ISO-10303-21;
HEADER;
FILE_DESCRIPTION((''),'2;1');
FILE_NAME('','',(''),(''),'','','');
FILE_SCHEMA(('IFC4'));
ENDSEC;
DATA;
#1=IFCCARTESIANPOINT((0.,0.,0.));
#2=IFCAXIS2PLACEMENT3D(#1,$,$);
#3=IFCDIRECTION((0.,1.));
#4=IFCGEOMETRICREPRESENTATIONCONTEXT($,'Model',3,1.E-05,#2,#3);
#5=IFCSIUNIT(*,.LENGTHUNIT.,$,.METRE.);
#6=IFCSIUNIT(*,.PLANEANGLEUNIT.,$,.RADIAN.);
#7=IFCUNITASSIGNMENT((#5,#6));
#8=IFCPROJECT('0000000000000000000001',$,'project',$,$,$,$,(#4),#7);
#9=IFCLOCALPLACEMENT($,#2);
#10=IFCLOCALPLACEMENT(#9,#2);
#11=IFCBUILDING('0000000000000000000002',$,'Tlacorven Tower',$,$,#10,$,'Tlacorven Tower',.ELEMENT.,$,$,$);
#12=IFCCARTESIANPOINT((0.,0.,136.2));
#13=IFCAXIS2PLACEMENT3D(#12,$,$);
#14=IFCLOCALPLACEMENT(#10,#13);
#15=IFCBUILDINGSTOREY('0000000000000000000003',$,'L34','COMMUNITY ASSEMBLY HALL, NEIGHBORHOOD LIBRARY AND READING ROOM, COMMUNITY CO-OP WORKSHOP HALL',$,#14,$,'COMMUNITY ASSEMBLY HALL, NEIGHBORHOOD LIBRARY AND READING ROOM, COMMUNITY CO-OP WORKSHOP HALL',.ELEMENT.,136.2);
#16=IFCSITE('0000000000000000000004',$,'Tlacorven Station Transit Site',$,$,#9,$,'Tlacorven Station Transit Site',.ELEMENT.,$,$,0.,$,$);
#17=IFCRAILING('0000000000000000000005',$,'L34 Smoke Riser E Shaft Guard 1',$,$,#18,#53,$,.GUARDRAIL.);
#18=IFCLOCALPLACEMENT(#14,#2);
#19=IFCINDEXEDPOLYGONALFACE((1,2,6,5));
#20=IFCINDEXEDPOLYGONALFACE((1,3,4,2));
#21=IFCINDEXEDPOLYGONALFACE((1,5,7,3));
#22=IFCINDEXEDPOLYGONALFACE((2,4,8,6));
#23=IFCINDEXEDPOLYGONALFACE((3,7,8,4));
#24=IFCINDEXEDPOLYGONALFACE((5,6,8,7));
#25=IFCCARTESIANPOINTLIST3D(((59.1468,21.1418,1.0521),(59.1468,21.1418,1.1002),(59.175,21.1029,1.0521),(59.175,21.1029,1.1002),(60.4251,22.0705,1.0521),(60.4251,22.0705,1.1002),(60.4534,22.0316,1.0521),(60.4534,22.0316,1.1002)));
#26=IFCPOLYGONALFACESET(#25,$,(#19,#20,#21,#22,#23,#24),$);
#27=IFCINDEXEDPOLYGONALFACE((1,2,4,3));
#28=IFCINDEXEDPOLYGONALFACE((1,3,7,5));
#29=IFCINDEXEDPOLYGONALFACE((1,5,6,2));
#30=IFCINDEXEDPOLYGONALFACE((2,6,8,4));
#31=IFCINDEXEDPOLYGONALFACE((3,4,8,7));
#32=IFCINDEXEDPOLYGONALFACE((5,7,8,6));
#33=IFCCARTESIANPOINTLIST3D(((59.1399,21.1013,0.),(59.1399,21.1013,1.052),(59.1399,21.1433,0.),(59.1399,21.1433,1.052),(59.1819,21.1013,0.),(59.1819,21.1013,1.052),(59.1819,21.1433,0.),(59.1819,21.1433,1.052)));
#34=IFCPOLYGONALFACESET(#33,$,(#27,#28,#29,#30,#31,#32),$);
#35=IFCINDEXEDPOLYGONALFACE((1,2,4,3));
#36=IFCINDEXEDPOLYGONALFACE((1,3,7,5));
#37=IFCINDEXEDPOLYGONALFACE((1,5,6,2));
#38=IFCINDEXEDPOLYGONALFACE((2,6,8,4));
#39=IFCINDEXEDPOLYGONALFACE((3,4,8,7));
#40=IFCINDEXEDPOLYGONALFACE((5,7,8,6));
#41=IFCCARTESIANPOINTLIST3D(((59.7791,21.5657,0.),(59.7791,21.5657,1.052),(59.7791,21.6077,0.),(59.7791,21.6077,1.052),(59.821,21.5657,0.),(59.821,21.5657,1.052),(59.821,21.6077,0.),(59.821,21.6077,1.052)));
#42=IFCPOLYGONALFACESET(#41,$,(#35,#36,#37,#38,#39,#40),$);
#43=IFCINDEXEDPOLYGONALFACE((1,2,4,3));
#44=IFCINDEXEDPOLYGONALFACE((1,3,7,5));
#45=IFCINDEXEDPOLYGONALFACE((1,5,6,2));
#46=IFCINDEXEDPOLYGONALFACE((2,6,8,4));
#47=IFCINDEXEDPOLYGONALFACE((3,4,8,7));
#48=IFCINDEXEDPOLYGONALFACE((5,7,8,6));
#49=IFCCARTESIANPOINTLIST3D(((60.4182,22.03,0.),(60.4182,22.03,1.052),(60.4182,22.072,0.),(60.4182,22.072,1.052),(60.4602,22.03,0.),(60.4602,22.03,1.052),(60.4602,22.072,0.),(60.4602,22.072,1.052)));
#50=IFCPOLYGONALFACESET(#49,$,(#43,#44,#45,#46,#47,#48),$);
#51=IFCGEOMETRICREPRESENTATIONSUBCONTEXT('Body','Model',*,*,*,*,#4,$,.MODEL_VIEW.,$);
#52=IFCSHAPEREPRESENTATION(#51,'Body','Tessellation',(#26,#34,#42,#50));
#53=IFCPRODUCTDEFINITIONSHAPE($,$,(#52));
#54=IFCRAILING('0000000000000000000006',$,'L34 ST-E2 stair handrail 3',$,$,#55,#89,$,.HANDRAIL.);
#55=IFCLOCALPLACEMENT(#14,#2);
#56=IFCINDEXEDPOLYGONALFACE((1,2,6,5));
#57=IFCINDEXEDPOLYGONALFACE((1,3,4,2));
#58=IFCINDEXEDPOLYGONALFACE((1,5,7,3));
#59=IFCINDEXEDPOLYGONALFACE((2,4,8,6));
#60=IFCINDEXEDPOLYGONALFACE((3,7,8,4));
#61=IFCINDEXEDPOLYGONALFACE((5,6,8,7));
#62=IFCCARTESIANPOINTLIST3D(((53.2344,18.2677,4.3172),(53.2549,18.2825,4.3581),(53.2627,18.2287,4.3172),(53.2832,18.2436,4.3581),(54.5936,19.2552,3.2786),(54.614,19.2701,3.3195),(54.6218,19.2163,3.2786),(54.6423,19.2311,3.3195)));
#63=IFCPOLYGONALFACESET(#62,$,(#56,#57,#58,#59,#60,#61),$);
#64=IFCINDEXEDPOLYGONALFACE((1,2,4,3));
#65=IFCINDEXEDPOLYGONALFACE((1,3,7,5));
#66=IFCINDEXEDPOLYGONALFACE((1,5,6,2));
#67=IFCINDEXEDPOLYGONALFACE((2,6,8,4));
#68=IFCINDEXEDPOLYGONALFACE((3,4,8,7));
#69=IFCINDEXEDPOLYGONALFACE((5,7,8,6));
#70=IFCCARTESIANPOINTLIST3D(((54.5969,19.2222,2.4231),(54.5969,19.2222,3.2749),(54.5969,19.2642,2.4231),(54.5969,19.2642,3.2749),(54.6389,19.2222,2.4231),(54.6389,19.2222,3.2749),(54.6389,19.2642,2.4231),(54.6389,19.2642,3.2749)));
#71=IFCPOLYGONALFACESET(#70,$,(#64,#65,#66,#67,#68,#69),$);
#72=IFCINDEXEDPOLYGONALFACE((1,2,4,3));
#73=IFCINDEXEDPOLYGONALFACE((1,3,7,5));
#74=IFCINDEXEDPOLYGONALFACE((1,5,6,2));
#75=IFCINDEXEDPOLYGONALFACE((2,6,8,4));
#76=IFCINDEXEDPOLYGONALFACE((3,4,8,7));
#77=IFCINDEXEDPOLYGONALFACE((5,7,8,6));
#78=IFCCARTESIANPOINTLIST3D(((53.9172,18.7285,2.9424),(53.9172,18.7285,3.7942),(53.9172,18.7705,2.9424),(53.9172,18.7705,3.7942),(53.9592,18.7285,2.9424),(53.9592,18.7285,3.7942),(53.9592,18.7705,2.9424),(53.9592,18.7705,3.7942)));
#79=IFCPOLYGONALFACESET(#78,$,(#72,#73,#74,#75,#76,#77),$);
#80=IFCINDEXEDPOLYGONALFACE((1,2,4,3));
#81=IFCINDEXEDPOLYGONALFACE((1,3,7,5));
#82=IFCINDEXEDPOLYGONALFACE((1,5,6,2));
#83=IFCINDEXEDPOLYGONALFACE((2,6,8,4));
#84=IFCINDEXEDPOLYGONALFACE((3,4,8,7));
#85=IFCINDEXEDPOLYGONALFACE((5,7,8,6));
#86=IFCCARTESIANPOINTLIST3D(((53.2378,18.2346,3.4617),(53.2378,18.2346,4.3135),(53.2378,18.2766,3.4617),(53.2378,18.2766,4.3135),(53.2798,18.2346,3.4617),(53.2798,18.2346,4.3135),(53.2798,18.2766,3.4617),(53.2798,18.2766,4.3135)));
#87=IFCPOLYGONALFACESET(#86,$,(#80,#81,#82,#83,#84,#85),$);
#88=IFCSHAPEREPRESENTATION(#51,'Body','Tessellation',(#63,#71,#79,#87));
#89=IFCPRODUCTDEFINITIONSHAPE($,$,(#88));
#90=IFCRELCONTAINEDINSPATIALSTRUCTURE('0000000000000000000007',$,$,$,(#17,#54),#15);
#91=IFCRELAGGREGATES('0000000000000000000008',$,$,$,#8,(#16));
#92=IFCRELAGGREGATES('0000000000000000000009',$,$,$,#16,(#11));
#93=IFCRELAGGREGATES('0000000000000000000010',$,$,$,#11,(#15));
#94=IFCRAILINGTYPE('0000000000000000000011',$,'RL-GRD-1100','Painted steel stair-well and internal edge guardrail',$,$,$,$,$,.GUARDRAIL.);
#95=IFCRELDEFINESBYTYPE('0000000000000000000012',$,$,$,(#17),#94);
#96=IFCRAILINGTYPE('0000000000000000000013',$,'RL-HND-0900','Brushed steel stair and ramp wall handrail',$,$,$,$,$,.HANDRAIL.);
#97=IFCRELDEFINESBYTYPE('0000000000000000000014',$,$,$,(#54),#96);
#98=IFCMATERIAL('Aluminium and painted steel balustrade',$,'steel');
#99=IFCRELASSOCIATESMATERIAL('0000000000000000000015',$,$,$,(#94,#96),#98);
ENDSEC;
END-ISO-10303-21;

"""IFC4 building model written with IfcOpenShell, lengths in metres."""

from ifc_helpers import new_model, si_unit, direction, frame, origin, origin_2d, place, context, subcontext, project, spatial, rectangle, extrude, source, transform, mapped, material, type_object, element, save


model = new_model("IFC4")

# Units and contexts
model_context = context("Model", 3, precision=1e-05, world=origin(), true_north=direction((0.0, 1.0)))
body_context = subcontext(model_context, "Body", "Model", "MODEL_VIEW")
ifc_project = project(units=[si_unit("LENGTHUNIT", "METRE"), si_unit("PLANEANGLEUNIT", "RADIAN")], contexts=[model_context])

# Site, building, storey
site_placement = place(None, origin())
site = spatial("IfcSite", under=ifc_project, at=site_placement, Name="Tlacorven Station Transit Site", LongName="Tlacorven Station Transit Site", CompositionType="ELEMENT", RefElevation=0.0)
building_placement = place(site_placement, origin())
building = spatial("IfcBuilding", under=site, at=building_placement, Name="Tlacorven Tower", LongName="Tlacorven Tower", CompositionType="ELEMENT")
storey_placement = place(building_placement, frame((0.0, 0.0, 136.2)))
storey = spatial("IfcBuildingStorey", under=building, at=storey_placement, Name="L34", Description="COMMUNITY ASSEMBLY HALL, NEIGHBORHOOD LIBRARY AND READING ROOM, COMMUNITY CO-OP WORKSHOP HALL", LongName="COMMUNITY ASSEMBLY HALL, NEIGHBORHOOD LIBRARY AND READING ROOM, COMMUNITY CO-OP WORKSHOP HALL", CompositionType="ELEMENT", Elevation=136.2)

# Railings
ifc_material_1 = material(Name="Aluminium and painted steel balustrade", Category="steel")
railing_type_1 = type_object("IfcRailingType", Name="RL-GRD-1100", Description="Painted steel stair-well and internal edge guardrail", PredefinedType="GUARDRAIL", material=ifc_material_1)
shared_shape_1 = source(origin(), body_context, "Body", "SweptSolid", [
    extrude(rectangle(XDim=0.0481, YDim=0.0481, at=origin_2d()), frame((0.0, 0.0, 1.0762), z_axis=(0.80903, 0.587767, 0.0), x_axis=(-0.587767, 0.80903, 0.0)), (0.0, 0.0, 1.0), 1.5801),
    extrude(rectangle(XDim=0.042, YDim=0.042, at=origin_2d()), origin(), (0.0, 0.0, 1.0), 1.052),
    extrude(rectangle(XDim=0.042, YDim=0.042, at=origin_2d()), frame((0.6392, 0.4644, 0.0)), (0.0, 0.0, 1.0), 1.052),
    extrude(rectangle(XDim=0.042, YDim=0.042, at=origin_2d()), frame((1.2783, 0.9287, 0.0)), (0.0, 0.0, 1.0), 1.052),
])
railing_1_placement = place(storey_placement, frame((59.1609, 21.1223, 0.0)))
element("IfcRailing", 1, at=railing_1_placement, inside=storey, type_object=railing_type_1, Name="L34 Smoke Riser E Shaft Guard 1", PredefinedType="GUARDRAIL", context=body_context, shape_type="MappedRepresentation", body=[
    mapped(shared_shape_1, transform((0.0, 0.0, 0.0), scale=1.0)),
])
railing_type_2 = type_object("IfcRailingType", Name="RL-HND-0900", Description="Brushed steel stair and ramp wall handrail", PredefinedType="HANDRAIL", material=ifc_material_1)
shared_shape_2 = source(origin(), body_context, "Body", "SweptSolid", [
    extrude(rectangle(XDim=0.0481, YDim=0.0481, at=origin_2d()), frame((0.0, 0.0, 0.876), z_axis=(-0.688123, -0.499993, 0.525827), x_axis=(0.587817, -0.808994, 0.0)), (0.0, 0.0, 1.0), 1.9751),
    extrude(rectangle(XDim=0.042, YDim=0.042, at=origin_2d()), origin(), (0.0, 0.0, 1.0), 0.8518),
    extrude(rectangle(XDim=0.042, YDim=0.042, at=origin_2d()), frame((-0.6797, -0.4937, 0.5193)), (0.0, 0.0, 1.0), 0.8518),
    extrude(rectangle(XDim=0.042, YDim=0.042, at=origin_2d()), frame((-1.3591, -0.9875, 1.0386)), (0.0, 0.0, 1.0), 0.8518),
])
railing_2_placement = place(storey_placement, frame((54.6179, 19.2432, 2.4231)))
element("IfcRailing", 2, at=railing_2_placement, inside=storey, type_object=railing_type_2, Name="L34 ST-E2 stair handrail 3", PredefinedType="HANDRAIL", context=body_context, shape_type="MappedRepresentation", body=[
    mapped(shared_shape_2, transform((0.0, 0.0, 0.0), scale=1.0)),
])

save(model, "model.ifc")
